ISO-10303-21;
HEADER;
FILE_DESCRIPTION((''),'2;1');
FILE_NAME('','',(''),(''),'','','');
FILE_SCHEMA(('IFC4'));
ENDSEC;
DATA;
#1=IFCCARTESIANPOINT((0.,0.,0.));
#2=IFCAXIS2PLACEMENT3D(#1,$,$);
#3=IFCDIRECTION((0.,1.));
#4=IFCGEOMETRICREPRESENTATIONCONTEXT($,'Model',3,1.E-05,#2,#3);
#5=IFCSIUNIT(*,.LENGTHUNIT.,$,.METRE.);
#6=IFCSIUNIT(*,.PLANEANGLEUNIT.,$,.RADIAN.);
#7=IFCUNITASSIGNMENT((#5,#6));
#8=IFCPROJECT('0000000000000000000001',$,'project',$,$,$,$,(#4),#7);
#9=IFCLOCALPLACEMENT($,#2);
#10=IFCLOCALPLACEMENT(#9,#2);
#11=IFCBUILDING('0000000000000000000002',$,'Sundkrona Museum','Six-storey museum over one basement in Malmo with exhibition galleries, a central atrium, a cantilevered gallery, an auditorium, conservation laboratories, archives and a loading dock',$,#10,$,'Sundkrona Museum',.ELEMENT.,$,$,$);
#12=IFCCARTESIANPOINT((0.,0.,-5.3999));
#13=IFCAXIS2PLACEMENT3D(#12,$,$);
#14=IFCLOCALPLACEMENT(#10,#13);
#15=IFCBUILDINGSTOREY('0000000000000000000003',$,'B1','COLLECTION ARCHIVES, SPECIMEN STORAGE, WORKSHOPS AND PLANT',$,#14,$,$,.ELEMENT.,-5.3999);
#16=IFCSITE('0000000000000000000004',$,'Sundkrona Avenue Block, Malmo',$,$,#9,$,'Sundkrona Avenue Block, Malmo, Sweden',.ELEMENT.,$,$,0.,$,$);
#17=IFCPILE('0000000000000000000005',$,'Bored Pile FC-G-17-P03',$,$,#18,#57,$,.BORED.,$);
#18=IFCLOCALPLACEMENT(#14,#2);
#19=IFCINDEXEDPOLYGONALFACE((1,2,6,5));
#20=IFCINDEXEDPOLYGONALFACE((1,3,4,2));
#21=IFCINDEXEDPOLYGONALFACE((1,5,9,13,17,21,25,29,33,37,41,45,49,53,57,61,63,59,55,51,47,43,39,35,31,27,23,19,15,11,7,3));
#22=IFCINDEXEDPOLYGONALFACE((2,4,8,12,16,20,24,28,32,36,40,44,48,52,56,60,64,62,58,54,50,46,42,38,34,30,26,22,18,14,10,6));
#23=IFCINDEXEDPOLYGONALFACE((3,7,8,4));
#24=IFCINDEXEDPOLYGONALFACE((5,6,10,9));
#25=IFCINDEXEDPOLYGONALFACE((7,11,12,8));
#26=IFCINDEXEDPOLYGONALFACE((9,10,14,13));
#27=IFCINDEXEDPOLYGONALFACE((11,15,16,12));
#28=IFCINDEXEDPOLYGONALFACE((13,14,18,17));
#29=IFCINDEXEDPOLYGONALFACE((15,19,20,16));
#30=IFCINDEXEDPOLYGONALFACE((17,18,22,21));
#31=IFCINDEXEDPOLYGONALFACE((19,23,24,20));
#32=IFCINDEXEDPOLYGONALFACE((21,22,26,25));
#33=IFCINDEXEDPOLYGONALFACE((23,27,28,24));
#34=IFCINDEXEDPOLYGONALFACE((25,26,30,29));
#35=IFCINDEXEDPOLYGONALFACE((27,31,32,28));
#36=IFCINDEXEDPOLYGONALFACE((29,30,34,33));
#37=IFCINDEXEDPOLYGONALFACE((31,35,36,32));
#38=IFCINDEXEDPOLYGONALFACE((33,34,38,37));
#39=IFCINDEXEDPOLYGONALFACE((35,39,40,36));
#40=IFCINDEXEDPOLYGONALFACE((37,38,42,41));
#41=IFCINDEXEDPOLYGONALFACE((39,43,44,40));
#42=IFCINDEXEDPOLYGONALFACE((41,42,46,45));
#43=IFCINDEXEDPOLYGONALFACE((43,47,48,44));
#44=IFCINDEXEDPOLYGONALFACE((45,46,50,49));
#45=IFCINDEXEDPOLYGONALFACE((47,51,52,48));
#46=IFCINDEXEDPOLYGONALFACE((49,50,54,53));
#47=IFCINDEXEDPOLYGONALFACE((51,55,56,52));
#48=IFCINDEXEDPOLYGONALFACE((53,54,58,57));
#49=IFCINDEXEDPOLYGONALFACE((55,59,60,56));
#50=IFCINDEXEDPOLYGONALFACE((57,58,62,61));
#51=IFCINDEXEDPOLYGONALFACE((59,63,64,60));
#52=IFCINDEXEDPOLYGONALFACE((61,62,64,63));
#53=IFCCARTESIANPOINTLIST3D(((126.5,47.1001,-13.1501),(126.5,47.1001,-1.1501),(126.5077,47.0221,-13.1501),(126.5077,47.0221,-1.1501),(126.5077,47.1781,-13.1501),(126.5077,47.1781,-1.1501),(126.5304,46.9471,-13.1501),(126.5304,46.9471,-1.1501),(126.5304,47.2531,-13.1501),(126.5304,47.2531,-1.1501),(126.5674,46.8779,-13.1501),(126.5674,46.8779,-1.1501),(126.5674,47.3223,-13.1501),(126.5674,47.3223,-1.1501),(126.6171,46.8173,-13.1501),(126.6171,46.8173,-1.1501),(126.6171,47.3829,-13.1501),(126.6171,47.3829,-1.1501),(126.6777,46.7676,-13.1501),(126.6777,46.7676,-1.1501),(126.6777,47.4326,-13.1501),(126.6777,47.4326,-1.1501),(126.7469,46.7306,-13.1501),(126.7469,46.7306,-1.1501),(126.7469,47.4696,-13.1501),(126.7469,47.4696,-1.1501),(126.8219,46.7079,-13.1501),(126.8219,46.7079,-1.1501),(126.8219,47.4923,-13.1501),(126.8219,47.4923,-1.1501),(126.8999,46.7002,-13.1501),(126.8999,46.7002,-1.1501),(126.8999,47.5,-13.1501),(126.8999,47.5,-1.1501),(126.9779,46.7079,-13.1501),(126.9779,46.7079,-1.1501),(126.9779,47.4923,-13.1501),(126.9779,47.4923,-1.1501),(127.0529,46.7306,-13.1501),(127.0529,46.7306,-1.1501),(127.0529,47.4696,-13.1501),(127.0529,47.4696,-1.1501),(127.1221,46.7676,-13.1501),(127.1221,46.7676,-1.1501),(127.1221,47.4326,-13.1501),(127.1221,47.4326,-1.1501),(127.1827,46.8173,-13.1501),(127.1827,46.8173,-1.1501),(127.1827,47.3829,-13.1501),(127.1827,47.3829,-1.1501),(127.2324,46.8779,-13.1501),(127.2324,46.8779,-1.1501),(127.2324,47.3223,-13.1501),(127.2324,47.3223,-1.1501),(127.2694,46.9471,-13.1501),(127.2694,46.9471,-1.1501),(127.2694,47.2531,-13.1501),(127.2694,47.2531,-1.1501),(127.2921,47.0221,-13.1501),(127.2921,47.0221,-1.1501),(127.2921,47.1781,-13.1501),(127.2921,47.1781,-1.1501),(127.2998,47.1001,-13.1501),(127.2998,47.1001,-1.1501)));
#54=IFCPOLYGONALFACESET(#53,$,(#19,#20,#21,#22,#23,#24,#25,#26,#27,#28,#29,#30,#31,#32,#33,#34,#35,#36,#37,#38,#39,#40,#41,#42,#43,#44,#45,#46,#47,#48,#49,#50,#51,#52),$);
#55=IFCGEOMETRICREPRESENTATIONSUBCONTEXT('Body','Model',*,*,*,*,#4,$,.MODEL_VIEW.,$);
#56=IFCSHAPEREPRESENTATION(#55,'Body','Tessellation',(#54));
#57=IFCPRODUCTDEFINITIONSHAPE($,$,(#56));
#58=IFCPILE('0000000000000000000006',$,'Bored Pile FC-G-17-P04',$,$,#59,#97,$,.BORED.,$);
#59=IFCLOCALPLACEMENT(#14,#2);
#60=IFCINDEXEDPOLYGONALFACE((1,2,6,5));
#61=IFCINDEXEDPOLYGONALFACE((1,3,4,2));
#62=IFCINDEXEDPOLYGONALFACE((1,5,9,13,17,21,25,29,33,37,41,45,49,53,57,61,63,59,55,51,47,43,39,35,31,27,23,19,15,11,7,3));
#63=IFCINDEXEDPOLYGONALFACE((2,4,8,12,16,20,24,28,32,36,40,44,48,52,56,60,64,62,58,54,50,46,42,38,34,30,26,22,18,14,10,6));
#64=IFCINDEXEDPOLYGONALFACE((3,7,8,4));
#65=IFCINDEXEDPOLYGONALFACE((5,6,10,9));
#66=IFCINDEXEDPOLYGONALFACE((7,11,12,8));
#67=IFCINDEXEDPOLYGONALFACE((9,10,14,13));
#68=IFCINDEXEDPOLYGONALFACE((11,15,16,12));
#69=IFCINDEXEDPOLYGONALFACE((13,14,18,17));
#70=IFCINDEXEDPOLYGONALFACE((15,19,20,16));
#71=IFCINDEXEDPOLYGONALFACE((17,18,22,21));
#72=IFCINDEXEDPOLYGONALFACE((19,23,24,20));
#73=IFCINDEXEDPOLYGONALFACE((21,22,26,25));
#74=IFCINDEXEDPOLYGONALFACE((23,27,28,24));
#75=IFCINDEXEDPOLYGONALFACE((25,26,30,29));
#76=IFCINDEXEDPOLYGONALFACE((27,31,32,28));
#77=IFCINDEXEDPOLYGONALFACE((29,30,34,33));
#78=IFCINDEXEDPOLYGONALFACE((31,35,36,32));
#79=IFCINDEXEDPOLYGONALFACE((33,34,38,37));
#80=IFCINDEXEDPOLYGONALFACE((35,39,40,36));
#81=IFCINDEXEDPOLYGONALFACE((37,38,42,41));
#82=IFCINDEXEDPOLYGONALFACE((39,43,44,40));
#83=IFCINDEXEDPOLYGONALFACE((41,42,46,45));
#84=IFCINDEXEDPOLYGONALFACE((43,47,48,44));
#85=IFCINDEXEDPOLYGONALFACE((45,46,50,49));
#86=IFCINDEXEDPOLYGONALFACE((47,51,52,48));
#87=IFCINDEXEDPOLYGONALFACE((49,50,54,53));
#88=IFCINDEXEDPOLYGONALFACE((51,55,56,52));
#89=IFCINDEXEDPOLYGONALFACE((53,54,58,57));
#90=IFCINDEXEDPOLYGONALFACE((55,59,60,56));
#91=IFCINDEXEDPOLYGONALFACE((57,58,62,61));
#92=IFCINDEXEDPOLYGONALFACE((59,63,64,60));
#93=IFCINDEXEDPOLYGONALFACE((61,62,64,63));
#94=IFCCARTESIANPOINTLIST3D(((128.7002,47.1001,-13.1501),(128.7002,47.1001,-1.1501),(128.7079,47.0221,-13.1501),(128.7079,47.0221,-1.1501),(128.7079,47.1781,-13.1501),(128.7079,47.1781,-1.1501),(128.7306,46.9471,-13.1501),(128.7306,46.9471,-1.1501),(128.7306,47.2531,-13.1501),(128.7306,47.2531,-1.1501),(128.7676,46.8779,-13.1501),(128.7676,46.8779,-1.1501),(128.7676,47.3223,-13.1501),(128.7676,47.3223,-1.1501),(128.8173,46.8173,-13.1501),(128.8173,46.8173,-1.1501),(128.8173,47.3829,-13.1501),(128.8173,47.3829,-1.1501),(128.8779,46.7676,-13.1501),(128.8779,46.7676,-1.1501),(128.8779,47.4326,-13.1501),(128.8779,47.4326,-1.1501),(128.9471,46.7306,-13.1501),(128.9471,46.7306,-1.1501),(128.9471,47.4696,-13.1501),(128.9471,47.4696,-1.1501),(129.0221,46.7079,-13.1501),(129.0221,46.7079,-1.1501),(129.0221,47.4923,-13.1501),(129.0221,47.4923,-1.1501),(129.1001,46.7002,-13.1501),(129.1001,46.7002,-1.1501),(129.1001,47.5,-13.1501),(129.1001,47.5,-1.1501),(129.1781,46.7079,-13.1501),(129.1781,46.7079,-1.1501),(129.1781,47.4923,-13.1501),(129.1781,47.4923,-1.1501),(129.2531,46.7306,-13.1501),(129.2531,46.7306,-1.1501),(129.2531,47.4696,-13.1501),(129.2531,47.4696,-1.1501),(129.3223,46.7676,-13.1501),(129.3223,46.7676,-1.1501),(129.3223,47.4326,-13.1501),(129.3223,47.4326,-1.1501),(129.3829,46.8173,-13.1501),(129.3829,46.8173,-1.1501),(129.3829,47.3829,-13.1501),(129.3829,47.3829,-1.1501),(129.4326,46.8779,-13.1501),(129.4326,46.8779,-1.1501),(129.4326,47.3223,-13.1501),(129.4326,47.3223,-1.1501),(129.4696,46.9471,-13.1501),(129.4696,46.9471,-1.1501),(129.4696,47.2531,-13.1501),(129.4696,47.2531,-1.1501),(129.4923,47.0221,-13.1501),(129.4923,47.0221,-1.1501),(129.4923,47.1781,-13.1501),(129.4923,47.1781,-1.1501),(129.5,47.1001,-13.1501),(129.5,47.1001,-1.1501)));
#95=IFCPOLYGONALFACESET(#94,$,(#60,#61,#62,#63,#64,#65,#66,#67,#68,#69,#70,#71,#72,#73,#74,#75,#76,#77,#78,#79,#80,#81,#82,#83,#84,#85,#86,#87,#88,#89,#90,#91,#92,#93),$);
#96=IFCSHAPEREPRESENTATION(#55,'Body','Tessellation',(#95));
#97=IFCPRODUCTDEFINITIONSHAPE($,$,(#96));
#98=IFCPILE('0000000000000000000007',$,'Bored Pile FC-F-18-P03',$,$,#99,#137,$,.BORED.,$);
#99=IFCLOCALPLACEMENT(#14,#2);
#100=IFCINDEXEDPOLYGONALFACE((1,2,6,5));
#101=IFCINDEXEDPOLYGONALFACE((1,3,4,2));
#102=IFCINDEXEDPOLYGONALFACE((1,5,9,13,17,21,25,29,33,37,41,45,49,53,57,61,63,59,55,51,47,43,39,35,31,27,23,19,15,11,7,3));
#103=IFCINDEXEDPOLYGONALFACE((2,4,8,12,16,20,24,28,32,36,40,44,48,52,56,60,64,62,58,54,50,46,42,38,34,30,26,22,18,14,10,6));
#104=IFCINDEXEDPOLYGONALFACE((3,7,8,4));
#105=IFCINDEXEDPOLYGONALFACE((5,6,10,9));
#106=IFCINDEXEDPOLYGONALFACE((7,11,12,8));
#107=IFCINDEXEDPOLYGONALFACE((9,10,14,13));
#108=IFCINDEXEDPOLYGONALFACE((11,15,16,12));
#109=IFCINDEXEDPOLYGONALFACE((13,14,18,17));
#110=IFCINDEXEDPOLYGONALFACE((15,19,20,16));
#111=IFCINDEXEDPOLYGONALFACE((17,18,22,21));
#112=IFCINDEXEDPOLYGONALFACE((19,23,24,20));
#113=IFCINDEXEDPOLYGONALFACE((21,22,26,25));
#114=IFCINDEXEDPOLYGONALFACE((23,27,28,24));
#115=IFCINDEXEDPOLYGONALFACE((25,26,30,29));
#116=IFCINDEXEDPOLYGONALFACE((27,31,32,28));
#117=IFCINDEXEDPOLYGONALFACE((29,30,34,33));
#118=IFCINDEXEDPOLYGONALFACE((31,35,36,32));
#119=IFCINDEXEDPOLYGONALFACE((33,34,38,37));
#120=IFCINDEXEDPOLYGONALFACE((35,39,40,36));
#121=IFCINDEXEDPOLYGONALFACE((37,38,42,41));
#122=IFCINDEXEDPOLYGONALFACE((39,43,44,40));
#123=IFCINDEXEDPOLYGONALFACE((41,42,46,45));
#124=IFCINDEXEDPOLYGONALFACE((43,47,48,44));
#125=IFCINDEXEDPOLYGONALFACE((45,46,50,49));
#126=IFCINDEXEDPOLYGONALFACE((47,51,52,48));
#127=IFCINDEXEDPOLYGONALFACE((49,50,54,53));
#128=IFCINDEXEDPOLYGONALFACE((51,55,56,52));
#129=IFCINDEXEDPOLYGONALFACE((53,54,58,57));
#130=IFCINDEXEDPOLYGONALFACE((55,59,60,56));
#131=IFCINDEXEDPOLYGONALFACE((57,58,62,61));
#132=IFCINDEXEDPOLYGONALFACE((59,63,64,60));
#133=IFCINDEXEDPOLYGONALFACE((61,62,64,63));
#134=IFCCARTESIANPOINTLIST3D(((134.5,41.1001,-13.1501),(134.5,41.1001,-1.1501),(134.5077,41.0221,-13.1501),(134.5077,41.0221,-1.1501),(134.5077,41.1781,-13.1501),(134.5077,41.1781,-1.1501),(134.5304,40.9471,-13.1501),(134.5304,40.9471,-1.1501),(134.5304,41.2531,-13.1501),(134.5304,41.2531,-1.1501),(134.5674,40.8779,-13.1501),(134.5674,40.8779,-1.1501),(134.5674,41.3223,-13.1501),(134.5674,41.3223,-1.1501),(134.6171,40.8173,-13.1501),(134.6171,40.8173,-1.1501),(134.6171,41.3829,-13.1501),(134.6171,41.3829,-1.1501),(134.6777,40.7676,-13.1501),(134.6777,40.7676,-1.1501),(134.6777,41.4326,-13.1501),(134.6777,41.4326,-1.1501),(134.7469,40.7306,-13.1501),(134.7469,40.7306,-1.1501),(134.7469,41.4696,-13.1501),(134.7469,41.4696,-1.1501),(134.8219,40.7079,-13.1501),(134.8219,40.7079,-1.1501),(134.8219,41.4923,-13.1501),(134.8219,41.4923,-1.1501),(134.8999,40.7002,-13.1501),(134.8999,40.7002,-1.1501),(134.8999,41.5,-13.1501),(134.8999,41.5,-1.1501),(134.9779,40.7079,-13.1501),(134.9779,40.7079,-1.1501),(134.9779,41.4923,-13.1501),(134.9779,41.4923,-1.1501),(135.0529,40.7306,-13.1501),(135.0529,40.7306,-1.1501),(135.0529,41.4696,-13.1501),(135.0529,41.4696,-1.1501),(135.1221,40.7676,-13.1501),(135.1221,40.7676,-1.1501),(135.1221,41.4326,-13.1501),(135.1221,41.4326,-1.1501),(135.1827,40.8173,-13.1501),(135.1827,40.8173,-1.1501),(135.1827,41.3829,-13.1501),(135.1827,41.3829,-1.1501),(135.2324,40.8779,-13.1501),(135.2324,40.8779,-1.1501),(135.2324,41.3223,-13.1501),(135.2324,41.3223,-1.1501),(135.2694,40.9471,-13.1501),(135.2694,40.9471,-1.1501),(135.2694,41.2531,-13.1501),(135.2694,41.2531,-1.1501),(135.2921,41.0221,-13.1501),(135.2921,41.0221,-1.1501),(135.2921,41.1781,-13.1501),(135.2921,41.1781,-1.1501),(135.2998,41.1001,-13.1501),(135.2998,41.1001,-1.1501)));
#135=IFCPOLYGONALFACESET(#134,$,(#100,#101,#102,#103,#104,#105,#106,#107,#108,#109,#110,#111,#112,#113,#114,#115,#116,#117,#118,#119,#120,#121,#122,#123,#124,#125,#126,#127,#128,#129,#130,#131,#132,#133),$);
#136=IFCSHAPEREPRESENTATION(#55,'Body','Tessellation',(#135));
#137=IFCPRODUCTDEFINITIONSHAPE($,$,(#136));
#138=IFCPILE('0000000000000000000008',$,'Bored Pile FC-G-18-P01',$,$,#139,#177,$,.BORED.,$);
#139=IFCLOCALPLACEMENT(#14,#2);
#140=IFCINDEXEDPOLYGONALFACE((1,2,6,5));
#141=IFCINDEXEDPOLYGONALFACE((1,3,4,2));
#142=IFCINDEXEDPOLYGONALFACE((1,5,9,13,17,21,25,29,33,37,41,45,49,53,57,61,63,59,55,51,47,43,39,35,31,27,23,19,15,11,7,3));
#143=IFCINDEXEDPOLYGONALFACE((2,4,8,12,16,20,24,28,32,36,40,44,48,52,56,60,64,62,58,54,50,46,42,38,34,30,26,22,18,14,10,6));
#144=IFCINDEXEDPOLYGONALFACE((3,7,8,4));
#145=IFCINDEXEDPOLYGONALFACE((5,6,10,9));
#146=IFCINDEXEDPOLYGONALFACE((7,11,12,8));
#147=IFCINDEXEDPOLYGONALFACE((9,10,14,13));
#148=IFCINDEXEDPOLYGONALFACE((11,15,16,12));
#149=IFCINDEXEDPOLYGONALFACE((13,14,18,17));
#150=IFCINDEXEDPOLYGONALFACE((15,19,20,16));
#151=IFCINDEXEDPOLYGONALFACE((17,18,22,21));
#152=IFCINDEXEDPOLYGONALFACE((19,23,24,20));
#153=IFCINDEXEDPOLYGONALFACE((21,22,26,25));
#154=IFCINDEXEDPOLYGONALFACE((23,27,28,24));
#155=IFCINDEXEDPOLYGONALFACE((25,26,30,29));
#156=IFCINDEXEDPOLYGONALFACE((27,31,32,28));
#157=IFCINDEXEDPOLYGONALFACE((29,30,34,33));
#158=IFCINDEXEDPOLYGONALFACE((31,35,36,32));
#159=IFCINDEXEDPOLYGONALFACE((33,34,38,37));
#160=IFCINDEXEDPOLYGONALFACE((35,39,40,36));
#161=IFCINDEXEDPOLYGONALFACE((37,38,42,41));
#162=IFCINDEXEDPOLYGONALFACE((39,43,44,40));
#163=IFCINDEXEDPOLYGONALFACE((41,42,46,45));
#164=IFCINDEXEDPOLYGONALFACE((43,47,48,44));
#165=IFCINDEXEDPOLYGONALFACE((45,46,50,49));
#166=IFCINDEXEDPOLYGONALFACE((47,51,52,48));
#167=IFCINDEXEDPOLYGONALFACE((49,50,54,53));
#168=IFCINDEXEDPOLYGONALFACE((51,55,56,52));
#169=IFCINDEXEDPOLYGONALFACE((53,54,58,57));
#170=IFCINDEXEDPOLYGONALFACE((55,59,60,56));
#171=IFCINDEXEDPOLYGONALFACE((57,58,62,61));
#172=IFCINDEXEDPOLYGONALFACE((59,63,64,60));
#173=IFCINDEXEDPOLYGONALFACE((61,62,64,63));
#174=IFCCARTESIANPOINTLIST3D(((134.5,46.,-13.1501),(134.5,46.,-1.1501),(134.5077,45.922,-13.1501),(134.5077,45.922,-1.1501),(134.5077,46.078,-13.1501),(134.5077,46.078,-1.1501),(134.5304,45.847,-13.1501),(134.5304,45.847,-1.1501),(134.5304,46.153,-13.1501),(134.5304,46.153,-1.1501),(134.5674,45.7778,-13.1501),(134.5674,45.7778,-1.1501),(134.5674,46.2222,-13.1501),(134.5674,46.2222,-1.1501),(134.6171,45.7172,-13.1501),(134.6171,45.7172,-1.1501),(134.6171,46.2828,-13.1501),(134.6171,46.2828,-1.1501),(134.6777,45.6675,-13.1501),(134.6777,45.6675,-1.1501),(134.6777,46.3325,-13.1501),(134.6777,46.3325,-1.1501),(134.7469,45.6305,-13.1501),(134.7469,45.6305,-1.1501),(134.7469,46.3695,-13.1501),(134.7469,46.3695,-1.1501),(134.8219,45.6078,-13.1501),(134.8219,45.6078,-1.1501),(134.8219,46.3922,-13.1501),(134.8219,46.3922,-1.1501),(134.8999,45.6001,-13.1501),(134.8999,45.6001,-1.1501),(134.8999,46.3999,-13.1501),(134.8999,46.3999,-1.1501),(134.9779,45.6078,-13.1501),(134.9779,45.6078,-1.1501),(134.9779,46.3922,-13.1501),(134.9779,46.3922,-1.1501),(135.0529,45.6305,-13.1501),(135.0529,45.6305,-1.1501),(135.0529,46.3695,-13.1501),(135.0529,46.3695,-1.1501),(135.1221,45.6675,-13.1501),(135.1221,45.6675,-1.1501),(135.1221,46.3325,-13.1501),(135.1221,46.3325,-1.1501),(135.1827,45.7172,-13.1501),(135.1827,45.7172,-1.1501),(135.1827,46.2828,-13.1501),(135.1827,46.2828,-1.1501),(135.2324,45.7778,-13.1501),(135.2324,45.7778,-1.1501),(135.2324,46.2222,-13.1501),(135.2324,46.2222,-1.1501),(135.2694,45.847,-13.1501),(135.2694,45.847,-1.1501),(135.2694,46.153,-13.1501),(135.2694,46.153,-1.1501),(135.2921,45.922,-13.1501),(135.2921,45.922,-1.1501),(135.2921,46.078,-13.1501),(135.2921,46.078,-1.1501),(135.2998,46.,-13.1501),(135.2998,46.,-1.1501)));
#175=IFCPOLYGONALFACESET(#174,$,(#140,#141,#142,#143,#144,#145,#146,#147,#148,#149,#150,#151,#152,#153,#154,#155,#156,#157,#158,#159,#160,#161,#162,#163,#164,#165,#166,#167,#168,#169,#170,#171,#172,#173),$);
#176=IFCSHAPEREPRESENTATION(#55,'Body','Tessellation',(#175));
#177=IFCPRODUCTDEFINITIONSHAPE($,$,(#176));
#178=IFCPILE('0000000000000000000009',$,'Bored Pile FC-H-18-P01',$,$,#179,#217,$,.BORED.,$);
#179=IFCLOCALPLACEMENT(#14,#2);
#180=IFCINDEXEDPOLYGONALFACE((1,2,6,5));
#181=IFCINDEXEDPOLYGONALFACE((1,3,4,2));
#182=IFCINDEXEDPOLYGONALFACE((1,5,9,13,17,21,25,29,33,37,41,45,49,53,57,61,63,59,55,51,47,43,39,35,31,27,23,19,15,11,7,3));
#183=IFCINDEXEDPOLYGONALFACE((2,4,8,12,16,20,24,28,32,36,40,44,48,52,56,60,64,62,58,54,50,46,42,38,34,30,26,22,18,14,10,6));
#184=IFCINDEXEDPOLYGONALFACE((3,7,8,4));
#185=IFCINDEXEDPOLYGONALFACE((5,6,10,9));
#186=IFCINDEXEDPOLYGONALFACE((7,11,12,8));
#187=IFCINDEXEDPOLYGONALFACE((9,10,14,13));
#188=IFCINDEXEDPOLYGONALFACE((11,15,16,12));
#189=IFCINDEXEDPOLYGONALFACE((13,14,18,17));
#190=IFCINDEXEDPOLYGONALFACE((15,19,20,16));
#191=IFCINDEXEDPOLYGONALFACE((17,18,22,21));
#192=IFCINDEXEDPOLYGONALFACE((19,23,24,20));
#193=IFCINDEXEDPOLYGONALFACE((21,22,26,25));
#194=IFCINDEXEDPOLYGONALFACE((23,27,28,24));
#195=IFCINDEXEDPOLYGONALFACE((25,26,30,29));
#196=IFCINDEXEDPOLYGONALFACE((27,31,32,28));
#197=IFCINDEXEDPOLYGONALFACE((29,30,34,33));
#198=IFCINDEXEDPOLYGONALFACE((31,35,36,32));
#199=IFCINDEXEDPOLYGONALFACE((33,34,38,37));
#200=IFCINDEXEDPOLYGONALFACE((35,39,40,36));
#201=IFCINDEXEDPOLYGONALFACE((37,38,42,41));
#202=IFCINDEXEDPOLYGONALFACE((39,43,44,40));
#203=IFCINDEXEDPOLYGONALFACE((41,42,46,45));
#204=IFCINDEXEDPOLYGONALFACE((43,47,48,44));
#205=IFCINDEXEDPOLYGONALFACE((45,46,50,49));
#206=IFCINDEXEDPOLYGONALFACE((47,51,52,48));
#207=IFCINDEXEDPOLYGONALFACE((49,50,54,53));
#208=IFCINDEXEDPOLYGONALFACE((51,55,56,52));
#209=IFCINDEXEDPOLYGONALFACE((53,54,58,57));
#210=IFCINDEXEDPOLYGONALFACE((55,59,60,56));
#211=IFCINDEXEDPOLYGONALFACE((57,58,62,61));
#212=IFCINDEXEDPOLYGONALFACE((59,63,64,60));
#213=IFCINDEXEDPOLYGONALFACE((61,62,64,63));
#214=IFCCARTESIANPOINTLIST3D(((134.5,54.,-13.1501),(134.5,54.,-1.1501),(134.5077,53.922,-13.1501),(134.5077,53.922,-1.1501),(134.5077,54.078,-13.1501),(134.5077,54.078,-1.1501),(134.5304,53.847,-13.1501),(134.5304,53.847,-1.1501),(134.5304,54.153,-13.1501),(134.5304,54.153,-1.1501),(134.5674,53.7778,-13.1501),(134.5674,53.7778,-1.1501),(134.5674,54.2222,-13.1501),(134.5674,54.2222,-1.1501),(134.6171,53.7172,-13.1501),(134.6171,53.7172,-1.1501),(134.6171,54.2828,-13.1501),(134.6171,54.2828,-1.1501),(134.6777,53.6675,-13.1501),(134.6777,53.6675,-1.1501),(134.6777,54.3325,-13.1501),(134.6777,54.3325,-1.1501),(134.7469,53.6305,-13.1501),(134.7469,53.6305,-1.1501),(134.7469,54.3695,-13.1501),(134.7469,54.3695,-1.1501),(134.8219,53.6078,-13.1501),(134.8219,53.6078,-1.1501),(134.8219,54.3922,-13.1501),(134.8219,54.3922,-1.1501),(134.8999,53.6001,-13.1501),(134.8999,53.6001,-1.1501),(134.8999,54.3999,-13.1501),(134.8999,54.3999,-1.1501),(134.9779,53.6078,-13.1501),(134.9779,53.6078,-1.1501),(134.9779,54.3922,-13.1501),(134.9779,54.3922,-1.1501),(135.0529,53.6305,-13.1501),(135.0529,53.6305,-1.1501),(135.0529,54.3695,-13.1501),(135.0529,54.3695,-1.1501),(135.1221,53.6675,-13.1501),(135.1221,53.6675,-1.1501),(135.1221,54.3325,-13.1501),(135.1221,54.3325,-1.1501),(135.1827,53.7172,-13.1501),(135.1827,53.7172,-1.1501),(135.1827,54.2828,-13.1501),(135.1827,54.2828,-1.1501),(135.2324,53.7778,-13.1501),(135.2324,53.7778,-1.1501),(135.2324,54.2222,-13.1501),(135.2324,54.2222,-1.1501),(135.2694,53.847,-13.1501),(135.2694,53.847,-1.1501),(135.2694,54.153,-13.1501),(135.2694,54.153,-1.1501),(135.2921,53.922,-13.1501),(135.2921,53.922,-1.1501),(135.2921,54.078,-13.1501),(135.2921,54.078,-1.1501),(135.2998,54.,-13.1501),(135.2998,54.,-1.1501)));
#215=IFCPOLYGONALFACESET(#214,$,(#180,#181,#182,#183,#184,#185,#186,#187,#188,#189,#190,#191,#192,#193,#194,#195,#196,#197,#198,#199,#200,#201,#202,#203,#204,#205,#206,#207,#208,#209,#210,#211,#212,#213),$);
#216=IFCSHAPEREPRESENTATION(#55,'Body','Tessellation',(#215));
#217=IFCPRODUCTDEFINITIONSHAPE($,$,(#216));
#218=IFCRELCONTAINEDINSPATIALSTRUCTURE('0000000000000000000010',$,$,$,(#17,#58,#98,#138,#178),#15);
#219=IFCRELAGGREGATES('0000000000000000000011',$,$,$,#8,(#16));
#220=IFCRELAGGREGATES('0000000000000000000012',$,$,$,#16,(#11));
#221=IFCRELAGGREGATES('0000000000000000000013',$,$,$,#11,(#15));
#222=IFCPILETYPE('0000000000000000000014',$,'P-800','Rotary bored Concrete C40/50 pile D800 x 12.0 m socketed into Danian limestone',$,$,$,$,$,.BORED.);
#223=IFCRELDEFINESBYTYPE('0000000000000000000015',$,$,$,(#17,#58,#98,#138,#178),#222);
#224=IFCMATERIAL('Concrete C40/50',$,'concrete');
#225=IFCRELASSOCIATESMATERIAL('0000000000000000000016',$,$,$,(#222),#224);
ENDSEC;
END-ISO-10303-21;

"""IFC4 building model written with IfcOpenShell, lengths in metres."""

from ifc_helpers import new_model, si_unit, direction, frame, origin, origin_2d, place, context, subcontext, project, spatial, circle, extrude, material, material_profile, profile_set, type_object, element, save


model = new_model("IFC4")

# Units and contexts
model_context = context("Model", 3, precision=1e-05, world=origin(), true_north=direction((0.0, 1.0)))
body_context = subcontext(model_context, "Body", "Model", "MODEL_VIEW")
ifc_project = project(units=[si_unit("LENGTHUNIT", "METRE"), si_unit("PLANEANGLEUNIT", "RADIAN")], contexts=[model_context])

# Site, building, storey
site_placement = place(None, origin())
site = spatial("IfcSite", under=ifc_project, at=site_placement, Name="Sundkrona Avenue Block, Malmo", LongName="Sundkrona Avenue Block, Malmo, Sweden", CompositionType="ELEMENT", RefElevation=0.0)
building_placement = place(site_placement, origin())
building = spatial("IfcBuilding", under=site, at=building_placement, Name="Sundkrona Museum", Description="Six-storey museum over one basement in Malmo with exhibition galleries, a central atrium, a cantilevered gallery, an auditorium, conservation laboratories, archives and a loading dock", LongName="Sundkrona Museum", CompositionType="ELEMENT")
storey_placement = place(building_placement, frame((0.0, 0.0, -5.3999)))
storey = spatial("IfcBuildingStorey", under=building, at=storey_placement, Name="B1", Description="COLLECTION ARCHIVES, SPECIMEN STORAGE, WORKSHOPS AND PLANT", CompositionType="ELEMENT", Elevation=-5.3999)

# Shared definitions
ifc_material_1 = material(Name="Concrete C40/50", Category="concrete")

# Piles
ifc_material_profile_1 = material_profile(ifc_material_1, circle(Radius=0.3999, at=origin_2d()), Name="PILE D800")
ifc_profile_set_1 = profile_set([ifc_material_profile_1], Name="Concrete C40/50")
pile_type = type_object("IfcPileType", Name="P-800", Description="Rotary bored Concrete C40/50 pile D800 x 12.0 m socketed into Danian limestone", PredefinedType="BORED", material=ifc_profile_set_1)
for number, where, z_axis, x_axis, name in (
    (1, (126.8999, 47.1001, -1.1501), (0.0, 0.0, -1.0), (1.0, 0.0, 0.0), "Bored Pile FC-G-17-P03"),
    (2, (129.1001, 47.1001, -1.1501), (0.0, 0.0, -1.0), (1.0, 0.0, 0.0), "Bored Pile FC-G-17-P04"),
    (3, (134.8999, 41.1001, -1.1501), (0.0, 0.0, -1.0), (1.0, 0.0, 0.0), "Bored Pile FC-F-18-P03"),
    (4, (134.8999, 46.0, -1.1501), (0.0, 0.0, -1.0), (1.0, 0.0, 0.0), "Bored Pile FC-G-18-P01"),
    (5, (134.8999, 54.0, -1.1501), (0.0, 0.0, -1.0), (1.0, 0.0, 0.0), "Bored Pile FC-H-18-P01"),
):
    element("IfcPile", number, at=place(storey_placement, frame(where, z_axis=z_axis, x_axis=x_axis)), inside=storey, type_object=pile_type, Name=name, PredefinedType="BORED", context=body_context, shape_type="SweptSolid", body=[
        extrude(circle(Radius=0.3999, at=origin_2d()), origin(), (0.0, 0.0, 1.0), 12.0),
    ])

save(model, "model.ifc")
